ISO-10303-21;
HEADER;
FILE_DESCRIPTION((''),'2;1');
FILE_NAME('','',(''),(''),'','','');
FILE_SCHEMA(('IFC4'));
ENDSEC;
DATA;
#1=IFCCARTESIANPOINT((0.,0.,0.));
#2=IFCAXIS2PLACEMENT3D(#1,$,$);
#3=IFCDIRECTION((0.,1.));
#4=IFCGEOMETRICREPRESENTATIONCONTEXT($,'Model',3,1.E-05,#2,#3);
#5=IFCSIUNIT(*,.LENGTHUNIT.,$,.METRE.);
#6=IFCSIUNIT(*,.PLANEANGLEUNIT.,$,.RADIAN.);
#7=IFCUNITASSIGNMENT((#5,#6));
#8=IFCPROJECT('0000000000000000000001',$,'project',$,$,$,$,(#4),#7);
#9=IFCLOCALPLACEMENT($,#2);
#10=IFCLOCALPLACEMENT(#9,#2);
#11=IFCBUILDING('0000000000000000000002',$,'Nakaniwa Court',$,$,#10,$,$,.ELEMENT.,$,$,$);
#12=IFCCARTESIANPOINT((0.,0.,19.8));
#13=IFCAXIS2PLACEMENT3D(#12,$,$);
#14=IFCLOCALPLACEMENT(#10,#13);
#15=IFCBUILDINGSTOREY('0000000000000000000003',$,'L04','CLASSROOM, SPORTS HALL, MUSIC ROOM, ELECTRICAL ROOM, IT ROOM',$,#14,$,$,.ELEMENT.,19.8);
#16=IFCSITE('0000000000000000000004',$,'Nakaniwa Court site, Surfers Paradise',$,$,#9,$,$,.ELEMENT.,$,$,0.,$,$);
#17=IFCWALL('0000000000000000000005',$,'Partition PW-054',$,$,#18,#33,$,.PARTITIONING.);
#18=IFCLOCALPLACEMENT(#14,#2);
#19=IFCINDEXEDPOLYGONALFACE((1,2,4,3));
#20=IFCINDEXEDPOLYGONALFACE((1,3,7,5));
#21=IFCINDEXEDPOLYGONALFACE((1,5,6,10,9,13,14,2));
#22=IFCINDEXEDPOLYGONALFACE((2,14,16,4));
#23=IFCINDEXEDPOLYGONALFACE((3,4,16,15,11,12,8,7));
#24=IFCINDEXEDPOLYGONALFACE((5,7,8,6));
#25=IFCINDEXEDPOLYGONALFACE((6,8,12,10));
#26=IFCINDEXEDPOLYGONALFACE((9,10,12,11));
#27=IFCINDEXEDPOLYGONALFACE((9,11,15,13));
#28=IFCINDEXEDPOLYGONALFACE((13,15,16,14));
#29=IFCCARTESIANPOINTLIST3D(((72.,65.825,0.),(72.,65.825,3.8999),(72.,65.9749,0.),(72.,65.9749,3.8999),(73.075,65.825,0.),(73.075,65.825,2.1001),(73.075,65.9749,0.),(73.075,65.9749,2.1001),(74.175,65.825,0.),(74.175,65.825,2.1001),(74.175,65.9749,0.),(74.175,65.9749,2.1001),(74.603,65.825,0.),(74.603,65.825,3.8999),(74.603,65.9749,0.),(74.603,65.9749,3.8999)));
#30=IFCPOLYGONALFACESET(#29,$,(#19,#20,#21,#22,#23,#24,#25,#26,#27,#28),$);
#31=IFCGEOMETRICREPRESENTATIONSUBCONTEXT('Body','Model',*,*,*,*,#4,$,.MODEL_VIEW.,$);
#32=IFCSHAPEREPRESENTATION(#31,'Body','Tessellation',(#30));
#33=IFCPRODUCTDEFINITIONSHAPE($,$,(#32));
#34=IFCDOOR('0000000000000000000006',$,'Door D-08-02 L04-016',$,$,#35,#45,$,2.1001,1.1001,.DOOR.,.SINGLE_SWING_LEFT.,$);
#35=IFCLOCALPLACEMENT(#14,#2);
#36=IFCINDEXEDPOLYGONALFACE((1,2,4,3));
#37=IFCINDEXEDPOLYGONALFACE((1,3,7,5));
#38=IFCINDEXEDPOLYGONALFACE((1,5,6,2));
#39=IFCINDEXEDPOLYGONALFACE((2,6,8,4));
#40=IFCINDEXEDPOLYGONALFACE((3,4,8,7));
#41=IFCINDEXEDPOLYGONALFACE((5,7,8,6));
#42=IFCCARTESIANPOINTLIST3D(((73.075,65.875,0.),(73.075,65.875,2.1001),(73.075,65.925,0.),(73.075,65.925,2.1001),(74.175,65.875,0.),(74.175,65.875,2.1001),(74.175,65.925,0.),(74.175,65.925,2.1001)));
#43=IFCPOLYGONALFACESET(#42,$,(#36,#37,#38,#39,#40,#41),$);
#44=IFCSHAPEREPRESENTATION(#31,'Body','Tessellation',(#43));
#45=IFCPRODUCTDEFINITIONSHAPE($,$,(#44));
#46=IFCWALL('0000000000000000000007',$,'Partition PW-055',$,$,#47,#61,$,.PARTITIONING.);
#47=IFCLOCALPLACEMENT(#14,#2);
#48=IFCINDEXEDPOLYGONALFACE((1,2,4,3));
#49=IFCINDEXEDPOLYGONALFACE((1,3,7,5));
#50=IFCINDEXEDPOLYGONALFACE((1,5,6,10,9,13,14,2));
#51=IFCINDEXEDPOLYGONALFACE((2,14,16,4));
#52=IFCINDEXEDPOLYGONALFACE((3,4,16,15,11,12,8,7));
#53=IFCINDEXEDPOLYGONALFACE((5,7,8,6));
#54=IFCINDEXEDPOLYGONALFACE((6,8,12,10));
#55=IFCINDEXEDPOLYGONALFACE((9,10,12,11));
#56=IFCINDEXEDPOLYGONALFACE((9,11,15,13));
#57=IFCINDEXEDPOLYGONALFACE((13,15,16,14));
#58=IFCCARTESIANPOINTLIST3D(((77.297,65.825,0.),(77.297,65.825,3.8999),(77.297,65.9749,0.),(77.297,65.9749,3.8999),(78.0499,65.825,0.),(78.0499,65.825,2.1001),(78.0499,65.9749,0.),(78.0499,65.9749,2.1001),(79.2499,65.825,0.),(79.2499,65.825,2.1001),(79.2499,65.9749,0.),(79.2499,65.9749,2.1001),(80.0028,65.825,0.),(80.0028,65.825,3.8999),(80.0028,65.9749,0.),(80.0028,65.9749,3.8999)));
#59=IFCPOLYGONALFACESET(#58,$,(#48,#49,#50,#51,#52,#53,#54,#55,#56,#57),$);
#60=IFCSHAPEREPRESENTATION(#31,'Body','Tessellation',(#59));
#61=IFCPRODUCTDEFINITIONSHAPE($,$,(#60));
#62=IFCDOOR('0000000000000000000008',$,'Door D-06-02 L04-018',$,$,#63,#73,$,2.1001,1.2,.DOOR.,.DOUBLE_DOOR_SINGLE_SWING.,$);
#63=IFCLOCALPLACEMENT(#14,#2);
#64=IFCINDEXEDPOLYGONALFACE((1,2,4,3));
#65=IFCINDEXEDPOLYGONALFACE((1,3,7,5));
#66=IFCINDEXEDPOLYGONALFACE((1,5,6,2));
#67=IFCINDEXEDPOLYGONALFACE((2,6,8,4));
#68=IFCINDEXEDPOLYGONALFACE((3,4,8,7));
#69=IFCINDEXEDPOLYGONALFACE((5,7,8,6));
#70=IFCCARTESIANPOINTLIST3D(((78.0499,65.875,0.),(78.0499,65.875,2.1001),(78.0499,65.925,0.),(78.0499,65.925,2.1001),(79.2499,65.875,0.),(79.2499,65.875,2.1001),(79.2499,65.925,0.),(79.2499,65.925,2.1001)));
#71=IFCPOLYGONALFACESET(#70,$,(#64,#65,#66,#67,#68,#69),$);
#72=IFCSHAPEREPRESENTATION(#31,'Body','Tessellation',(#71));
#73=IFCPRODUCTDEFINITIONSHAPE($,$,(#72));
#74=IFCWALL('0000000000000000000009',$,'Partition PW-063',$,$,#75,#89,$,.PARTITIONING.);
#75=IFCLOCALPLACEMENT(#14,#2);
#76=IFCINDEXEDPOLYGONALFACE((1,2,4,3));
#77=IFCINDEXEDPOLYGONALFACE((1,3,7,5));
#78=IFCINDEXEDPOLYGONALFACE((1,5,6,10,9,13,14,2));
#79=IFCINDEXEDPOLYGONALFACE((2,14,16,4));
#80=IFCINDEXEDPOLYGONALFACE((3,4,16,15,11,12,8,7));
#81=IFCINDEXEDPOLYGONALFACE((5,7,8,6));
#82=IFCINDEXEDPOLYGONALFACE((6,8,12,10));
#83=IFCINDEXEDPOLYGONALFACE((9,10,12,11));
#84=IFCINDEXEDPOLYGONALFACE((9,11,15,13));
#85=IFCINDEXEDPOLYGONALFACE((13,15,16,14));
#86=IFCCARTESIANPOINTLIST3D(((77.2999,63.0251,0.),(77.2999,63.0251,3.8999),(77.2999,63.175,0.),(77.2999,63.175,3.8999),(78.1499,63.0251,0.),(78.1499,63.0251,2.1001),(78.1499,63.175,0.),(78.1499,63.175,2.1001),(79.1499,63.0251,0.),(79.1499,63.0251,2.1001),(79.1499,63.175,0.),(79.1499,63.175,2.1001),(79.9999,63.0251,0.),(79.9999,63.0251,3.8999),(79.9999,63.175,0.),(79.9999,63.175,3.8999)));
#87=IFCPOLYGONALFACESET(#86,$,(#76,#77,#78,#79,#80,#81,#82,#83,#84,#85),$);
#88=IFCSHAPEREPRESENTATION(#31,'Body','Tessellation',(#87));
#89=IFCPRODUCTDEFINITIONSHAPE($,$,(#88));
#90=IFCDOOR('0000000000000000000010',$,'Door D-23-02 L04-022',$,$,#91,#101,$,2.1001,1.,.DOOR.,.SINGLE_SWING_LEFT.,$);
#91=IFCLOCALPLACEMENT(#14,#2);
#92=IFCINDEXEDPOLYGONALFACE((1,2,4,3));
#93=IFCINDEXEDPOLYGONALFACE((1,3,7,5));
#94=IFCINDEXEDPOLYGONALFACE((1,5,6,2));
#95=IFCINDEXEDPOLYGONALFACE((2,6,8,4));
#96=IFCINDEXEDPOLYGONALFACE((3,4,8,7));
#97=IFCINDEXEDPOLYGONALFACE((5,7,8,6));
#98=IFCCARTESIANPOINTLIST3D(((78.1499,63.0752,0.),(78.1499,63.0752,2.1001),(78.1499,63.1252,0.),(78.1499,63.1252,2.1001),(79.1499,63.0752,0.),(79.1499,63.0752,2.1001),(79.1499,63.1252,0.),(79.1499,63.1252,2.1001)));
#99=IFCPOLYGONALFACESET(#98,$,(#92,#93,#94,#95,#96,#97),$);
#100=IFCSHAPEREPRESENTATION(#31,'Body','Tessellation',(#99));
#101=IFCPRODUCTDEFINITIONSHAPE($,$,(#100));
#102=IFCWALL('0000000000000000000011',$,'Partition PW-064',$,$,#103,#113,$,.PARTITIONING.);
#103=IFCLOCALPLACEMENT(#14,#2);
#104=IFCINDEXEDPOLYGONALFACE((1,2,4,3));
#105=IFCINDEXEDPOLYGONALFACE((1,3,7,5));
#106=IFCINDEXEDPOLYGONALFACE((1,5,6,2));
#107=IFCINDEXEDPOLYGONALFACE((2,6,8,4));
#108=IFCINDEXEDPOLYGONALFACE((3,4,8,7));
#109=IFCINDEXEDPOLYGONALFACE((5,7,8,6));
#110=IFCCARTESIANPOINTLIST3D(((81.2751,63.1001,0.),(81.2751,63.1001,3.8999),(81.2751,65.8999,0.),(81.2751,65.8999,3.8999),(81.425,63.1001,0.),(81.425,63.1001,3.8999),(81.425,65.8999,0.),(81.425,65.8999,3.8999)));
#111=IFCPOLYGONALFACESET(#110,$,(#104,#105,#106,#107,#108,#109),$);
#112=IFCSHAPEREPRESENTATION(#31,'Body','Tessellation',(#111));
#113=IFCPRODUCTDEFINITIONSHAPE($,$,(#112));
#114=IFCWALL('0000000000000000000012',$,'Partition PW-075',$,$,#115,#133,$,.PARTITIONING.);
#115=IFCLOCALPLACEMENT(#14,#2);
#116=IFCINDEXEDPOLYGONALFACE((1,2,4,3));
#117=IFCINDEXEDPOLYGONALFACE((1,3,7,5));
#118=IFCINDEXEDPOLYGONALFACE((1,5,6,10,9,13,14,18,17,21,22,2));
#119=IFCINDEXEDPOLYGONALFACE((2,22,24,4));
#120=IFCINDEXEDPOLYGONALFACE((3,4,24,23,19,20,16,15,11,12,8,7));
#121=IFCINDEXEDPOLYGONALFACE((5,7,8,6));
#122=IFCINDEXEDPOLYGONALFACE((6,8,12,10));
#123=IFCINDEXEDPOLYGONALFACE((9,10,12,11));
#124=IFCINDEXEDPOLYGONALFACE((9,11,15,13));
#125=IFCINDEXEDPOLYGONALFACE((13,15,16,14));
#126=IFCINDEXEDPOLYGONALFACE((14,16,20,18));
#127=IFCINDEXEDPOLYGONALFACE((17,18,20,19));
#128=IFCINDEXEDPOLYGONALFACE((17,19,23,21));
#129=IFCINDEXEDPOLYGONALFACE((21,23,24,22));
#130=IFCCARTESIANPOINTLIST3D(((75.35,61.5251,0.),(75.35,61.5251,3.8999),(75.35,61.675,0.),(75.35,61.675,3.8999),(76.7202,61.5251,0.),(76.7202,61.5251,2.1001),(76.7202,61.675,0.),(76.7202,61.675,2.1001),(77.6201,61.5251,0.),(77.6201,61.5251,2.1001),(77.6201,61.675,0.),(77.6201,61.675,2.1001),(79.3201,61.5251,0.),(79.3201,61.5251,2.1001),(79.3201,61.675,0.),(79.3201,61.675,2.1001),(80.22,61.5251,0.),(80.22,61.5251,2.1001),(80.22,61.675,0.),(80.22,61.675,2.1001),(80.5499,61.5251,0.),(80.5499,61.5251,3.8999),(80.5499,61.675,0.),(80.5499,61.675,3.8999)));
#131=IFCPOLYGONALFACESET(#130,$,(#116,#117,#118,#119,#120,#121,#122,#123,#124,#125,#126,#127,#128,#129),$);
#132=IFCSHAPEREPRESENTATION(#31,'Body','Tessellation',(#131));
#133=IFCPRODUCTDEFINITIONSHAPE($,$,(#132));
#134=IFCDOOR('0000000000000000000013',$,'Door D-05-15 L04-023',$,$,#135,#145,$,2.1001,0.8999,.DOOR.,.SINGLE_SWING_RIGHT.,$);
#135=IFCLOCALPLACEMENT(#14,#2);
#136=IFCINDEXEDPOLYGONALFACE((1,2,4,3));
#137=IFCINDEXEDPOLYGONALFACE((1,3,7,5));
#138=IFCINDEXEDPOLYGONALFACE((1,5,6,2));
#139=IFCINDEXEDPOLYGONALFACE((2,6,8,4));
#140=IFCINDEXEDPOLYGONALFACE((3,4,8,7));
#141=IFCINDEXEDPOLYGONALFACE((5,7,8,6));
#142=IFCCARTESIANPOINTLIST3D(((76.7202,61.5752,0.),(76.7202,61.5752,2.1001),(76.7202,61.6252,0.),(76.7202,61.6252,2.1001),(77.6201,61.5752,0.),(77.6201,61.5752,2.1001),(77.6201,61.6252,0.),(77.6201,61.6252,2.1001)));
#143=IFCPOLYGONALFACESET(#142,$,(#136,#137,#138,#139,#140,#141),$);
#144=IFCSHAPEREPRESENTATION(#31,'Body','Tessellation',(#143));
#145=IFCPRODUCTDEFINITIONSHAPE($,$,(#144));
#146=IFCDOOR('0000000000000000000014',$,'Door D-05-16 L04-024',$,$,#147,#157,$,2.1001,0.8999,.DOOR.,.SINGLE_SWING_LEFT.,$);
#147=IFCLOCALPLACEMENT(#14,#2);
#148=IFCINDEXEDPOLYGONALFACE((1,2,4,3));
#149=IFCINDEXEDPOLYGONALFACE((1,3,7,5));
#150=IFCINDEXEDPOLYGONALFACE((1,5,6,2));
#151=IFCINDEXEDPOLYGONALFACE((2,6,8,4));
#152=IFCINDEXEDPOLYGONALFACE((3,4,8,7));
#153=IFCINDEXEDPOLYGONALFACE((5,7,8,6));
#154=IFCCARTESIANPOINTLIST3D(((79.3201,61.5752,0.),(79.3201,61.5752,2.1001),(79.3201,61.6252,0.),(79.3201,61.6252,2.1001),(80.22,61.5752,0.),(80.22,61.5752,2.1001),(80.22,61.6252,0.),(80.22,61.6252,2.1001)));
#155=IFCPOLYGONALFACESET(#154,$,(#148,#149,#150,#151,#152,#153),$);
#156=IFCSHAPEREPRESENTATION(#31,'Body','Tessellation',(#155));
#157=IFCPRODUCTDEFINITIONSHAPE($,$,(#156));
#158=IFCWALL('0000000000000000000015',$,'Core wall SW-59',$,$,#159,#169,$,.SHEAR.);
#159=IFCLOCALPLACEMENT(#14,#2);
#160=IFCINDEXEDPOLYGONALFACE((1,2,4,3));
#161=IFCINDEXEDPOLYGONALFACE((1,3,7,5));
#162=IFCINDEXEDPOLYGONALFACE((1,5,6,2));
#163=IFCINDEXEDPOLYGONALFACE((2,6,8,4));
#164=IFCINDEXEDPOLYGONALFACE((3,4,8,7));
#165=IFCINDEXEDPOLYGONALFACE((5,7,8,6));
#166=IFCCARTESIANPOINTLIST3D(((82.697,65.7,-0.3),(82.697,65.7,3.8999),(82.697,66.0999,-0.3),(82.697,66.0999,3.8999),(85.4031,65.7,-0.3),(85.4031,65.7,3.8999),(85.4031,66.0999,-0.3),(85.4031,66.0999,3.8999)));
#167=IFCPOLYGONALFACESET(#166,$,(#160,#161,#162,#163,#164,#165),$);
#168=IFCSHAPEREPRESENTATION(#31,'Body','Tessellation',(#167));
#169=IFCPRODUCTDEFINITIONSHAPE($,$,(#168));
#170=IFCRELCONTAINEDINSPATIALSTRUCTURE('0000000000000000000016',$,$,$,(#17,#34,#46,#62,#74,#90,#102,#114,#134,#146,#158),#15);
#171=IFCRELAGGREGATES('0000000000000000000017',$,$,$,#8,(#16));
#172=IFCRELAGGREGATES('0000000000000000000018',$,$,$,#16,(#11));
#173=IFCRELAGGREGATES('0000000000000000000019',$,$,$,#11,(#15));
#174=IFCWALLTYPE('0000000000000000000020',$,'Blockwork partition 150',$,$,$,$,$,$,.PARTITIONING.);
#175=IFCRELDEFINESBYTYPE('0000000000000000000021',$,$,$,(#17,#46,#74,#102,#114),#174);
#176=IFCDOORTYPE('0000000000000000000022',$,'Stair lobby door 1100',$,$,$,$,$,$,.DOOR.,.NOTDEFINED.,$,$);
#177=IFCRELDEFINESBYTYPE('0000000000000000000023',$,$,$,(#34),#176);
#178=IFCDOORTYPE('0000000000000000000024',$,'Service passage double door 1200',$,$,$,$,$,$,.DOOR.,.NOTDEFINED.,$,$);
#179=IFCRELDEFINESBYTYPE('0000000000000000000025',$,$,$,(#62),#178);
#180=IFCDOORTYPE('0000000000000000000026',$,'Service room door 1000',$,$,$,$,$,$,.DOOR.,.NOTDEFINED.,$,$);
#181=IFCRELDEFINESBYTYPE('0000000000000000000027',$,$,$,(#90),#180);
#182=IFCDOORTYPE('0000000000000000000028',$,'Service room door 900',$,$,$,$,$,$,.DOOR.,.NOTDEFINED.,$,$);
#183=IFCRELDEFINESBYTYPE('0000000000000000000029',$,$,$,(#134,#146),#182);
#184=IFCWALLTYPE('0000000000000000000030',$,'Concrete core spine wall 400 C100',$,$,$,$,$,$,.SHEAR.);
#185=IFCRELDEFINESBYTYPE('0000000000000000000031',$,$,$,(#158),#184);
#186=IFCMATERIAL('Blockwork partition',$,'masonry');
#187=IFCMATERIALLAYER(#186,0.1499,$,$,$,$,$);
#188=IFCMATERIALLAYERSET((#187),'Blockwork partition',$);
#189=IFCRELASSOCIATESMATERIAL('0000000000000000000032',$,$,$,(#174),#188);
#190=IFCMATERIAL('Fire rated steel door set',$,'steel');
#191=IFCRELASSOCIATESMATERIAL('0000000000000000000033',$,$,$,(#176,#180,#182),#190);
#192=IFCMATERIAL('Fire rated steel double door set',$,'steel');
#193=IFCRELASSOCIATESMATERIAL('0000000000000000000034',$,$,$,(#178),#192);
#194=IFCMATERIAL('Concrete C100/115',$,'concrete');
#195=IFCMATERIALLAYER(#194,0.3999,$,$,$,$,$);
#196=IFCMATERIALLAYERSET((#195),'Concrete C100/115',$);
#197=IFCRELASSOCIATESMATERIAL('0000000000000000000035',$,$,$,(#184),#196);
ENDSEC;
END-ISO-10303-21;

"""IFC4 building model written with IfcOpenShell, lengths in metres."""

from ifc_helpers import new_model, si_unit, direction, frame, frame_2d, origin, place, context, subcontext, project, spatial, rectangle, extrude, material, layer, layer_set, type_object, element, fill, save


model = new_model("IFC4")

# Units and contexts
model_context = context("Model", 3, precision=1e-05, world=origin(), true_north=direction((0.0, 1.0)))
body_context = subcontext(model_context, "Body", "Model", "MODEL_VIEW")
ifc_project = project(units=[si_unit("LENGTHUNIT", "METRE"), si_unit("PLANEANGLEUNIT", "RADIAN")], contexts=[model_context])

# Site, building, storey
site_placement = place(None, origin())
site = spatial("IfcSite", under=ifc_project, at=site_placement, Name="Nakaniwa Court site, Surfers Paradise", CompositionType="ELEMENT", RefElevation=0.0)
building_placement = place(site_placement, origin())
building = spatial("IfcBuilding", under=site, at=building_placement, Name="Nakaniwa Court", CompositionType="ELEMENT")
storey_placement = place(building_placement, frame((0.0, 0.0, 19.8)))
storey = spatial("IfcBuildingStorey", under=building, at=storey_placement, Name="L04", Description="CLASSROOM, SPORTS HALL, MUSIC ROOM, ELECTRICAL ROOM, IT ROOM", CompositionType="ELEMENT", Elevation=19.8)

# Walls, openings, doors
ifc_material_1 = material(Name="Blockwork partition", Category="masonry")
ifc_layer_1 = layer(ifc_material_1, 0.1499)
ifc_layer_set_1 = layer_set([ifc_layer_1], Name="Blockwork partition")
wall_type_1 = type_object("IfcWallType", Name="Blockwork partition 150", PredefinedType="PARTITIONING", material=ifc_layer_set_1)
wall_1_placement = place(storey_placement, frame((74.603, 65.8999, 0.0), z_axis=(0.0, 0.0, 1.0), x_axis=(-1.0, 0.0, 0.0)))
wall_1 = element("IfcWall", 1, at=wall_1_placement, inside=storey, type_object=wall_type_1, Name="Partition PW-054", PredefinedType="PARTITIONING", context=body_context, shape_type="SweptSolid", body=[
    extrude(rectangle(XDim=2.603, YDim=0.1499, at=frame_2d((1.3015, 0.0))), origin(), (0.0, 0.0, 1.0), 3.8999),
])
opening_1_placement = place(wall_1_placement, frame((0.428, 0.0, 0.0)))
opening_1 = element("IfcOpeningElement", 2, at=opening_1_placement, cuts=wall_1, PredefinedType="OPENING", context=body_context, shape_type="SweptSolid", body=[
    extrude(rectangle(XDim=1.1001, YDim=2.1001, at=frame_2d((0.55, 1.05))), frame((0.0, 0.085, 0.0), z_axis=(0.0, -1.0, 0.0), x_axis=(1.0, 0.0, 0.0)), (0.0, 0.0, 1.0), 0.1699),
])
ifc_material_2 = material(Name="Fire rated steel door set", Category="steel")
door_type_1 = type_object("IfcDoorType", Name="Stair lobby door 1100", OperationType="NOTDEFINED", PredefinedType="DOOR", material=ifc_material_2)
door_1_placement = place(opening_1_placement, origin())
door_1 = element("IfcDoor", 3, at=door_1_placement, inside=storey, type_object=door_type_1, Name="Door D-08-02 L04-016", OperationType="SINGLE_SWING_LEFT", OverallHeight=2.1001, OverallWidth=1.1001, PredefinedType="DOOR", context=body_context, shape_type="SweptSolid", body=[
    extrude(rectangle(XDim=1.1001, YDim=2.1001, at=frame_2d((0.55, 1.05))), frame((0.0, 0.0249, 0.0), z_axis=(0.0, -1.0, 0.0), x_axis=(1.0, 0.0, 0.0)), (0.0, 0.0, 1.0), 0.05),
])
fill(opening_1, door_1)
wall_2_placement = place(storey_placement, frame((80.0029, 65.8999, 0.0), z_axis=(0.0, 0.0, 1.0), x_axis=(-1.0, 0.0, 0.0)))
wall_2 = element("IfcWall", 4, at=wall_2_placement, inside=storey, type_object=wall_type_1, Name="Partition PW-055", PredefinedType="PARTITIONING", context=body_context, shape_type="SweptSolid", body=[
    extrude(rectangle(XDim=2.7058, YDim=0.1499, at=frame_2d((1.353, 0.0))), origin(), (0.0, 0.0, 1.0), 3.8999),
])
opening_2_placement = place(wall_2_placement, frame((0.7529, 0.0, 0.0)))
opening_2 = element("IfcOpeningElement", 5, at=opening_2_placement, cuts=wall_2, PredefinedType="OPENING", context=body_context, shape_type="SweptSolid", body=[
    extrude(rectangle(XDim=1.2, YDim=2.1001, at=frame_2d((0.6001, 1.05))), frame((0.0, 0.085, 0.0), z_axis=(0.0, -1.0, 0.0), x_axis=(1.0, 0.0, 0.0)), (0.0, 0.0, 1.0), 0.1699),
])
ifc_material_3 = material(Name="Fire rated steel double door set", Category="steel")
door_type_2 = type_object("IfcDoorType", Name="Service passage double door 1200", OperationType="NOTDEFINED", PredefinedType="DOOR", material=ifc_material_3)
door_2_placement = place(opening_2_placement, origin())
door_2 = element("IfcDoor", 6, at=door_2_placement, inside=storey, type_object=door_type_2, Name="Door D-06-02 L04-018", OperationType="DOUBLE_DOOR_SINGLE_SWING", OverallHeight=2.1001, OverallWidth=1.2, PredefinedType="DOOR", context=body_context, shape_type="SweptSolid", body=[
    extrude(rectangle(XDim=1.2, YDim=2.1001, at=frame_2d((0.6001, 1.05))), frame((0.0, 0.0249, 0.0), z_axis=(0.0, -1.0, 0.0), x_axis=(1.0, 0.0, 0.0)), (0.0, 0.0, 1.0), 0.05),
])
fill(opening_2, door_2)
wall_3_placement = place(storey_placement, frame((80.0, 63.1001, 0.0), z_axis=(0.0, 0.0, 1.0), x_axis=(-1.0, 0.0, 0.0)))
wall_3 = element("IfcWall", 7, at=wall_3_placement, inside=storey, type_object=wall_type_1, Name="Partition PW-063", PredefinedType="PARTITIONING", context=body_context, shape_type="SweptSolid", body=[
    extrude(rectangle(XDim=2.7, YDim=0.1499, at=frame_2d((1.3501, 0.0))), origin(), (0.0, 0.0, 1.0), 3.8999),
])
opening_3_placement = place(wall_3_placement, frame((0.8501, 0.0, 0.0)))
opening_3 = element("IfcOpeningElement", 8, at=opening_3_placement, cuts=wall_3, PredefinedType="OPENING", context=body_context, shape_type="SweptSolid", body=[
    extrude(rectangle(XDim=1.0, YDim=2.1001, at=frame_2d((0.5, 1.05))), frame((0.0, 0.085, 0.0), z_axis=(0.0, -1.0, 0.0), x_axis=(1.0, 0.0, 0.0)), (0.0, 0.0, 1.0), 0.1699),
])
door_type_3 = type_object("IfcDoorType", Name="Service room door 1000", OperationType="NOTDEFINED", PredefinedType="DOOR", material=ifc_material_2)
door_3_placement = place(opening_3_placement, origin())
door_3 = element("IfcDoor", 9, at=door_3_placement, inside=storey, type_object=door_type_3, Name="Door D-23-02 L04-022", OperationType="SINGLE_SWING_LEFT", OverallHeight=2.1001, OverallWidth=1.0, PredefinedType="DOOR", context=body_context, shape_type="SweptSolid", body=[
    extrude(rectangle(XDim=1.0, YDim=2.1001, at=frame_2d((0.5, 1.05))), frame((0.0, 0.0249, 0.0), z_axis=(0.0, -1.0, 0.0), x_axis=(1.0, 0.0, 0.0)), (0.0, 0.0, 1.0), 0.05),
])
fill(opening_3, door_3)

# Wall
wall_4_placement = place(storey_placement, frame((81.3501, 63.1001, 0.0), z_axis=(0.0, 0.0, 1.0), x_axis=(0.0, 1.0, 0.0)))
element("IfcWall", 10, at=wall_4_placement, inside=storey, type_object=wall_type_1, Name="Partition PW-064", PredefinedType="PARTITIONING", context=body_context, shape_type="SweptSolid", body=[
    extrude(rectangle(XDim=2.7998, YDim=0.1499, at=frame_2d((1.3999, 0.0))), origin(), (0.0, 0.0, 1.0), 3.8999),
])

# Wall, openings, doors
wall_5_placement = place(storey_placement, frame((80.55, 61.6001, 0.0), z_axis=(0.0, 0.0, 1.0), x_axis=(-1.0, 0.0, 0.0)))
wall_5 = element("IfcWall", 11, at=wall_5_placement, inside=storey, type_object=wall_type_1, Name="Partition PW-075", PredefinedType="PARTITIONING", context=body_context, shape_type="SweptSolid", body=[
    extrude(rectangle(XDim=5.2, YDim=0.1499, at=frame_2d((2.6001, 0.0))), origin(), (0.0, 0.0, 1.0), 3.8999),
])
opening_4_placement = place(wall_5_placement, frame((2.9299, 0.0, 0.0)))
opening_4 = element("IfcOpeningElement", 12, at=opening_4_placement, cuts=wall_5, PredefinedType="OPENING", context=body_context, shape_type="SweptSolid", body=[
    extrude(rectangle(XDim=0.8999, YDim=2.1001, at=frame_2d((0.45, 1.05))), frame((0.0, 0.085, 0.0), z_axis=(0.0, -1.0, 0.0), x_axis=(1.0, 0.0, 0.0)), (0.0, 0.0, 1.0), 0.1699),
])
opening_5_placement = place(wall_5_placement, frame((0.3301, 0.0, 0.0)))
opening_5 = element("IfcOpeningElement", 13, at=opening_5_placement, cuts=wall_5, PredefinedType="OPENING", context=body_context, shape_type="SweptSolid", body=[
    extrude(rectangle(XDim=0.8999, YDim=2.1001, at=frame_2d((0.45, 1.05))), frame((0.0, 0.085, 0.0), z_axis=(0.0, -1.0, 0.0), x_axis=(1.0, 0.0, 0.0)), (0.0, 0.0, 1.0), 0.1699),
])
door_type_4 = type_object("IfcDoorType", Name="Service room door 900", OperationType="NOTDEFINED", PredefinedType="DOOR", material=ifc_material_2)
door_4_placement = place(opening_4_placement, origin())
door_4 = element("IfcDoor", 14, at=door_4_placement, inside=storey, type_object=door_type_4, Name="Door D-05-15 L04-023", OperationType="SINGLE_SWING_RIGHT", OverallHeight=2.1001, OverallWidth=0.8999, PredefinedType="DOOR", context=body_context, shape_type="SweptSolid", body=[
    extrude(rectangle(XDim=0.8999, YDim=2.1001, at=frame_2d((0.45, 1.05))), frame((0.0, 0.0249, 0.0), z_axis=(0.0, -1.0, 0.0), x_axis=(1.0, 0.0, 0.0)), (0.0, 0.0, 1.0), 0.05),
])
fill(opening_4, door_4)
door_5_placement = place(opening_5_placement, origin())
door_5 = element("IfcDoor", 15, at=door_5_placement, inside=storey, type_object=door_type_4, Name="Door D-05-16 L04-024", OperationType="SINGLE_SWING_LEFT", OverallHeight=2.1001, OverallWidth=0.8999, PredefinedType="DOOR", context=body_context, shape_type="SweptSolid", body=[
    extrude(rectangle(XDim=0.8999, YDim=2.1001, at=frame_2d((0.45, 1.05))), frame((0.0, 0.0249, 0.0), z_axis=(0.0, -1.0, 0.0), x_axis=(1.0, 0.0, 0.0)), (0.0, 0.0, 1.0), 0.05),
])
fill(opening_5, door_5)

# Wall
ifc_material_4 = material(Name="Concrete C100/115", Category="concrete")
ifc_layer_2 = layer(ifc_material_4, 0.3999)
ifc_layer_set_2 = layer_set([ifc_layer_2], Name="Concrete C100/115")
wall_type_2 = type_object("IfcWallType", Name="Concrete core spine wall 400 C100", PredefinedType="SHEAR", material=ifc_layer_set_2)
wall_6_placement = place(storey_placement, frame((82.697, 65.8999, -0.3), z_axis=(0.0, 0.0, 1.0), x_axis=(1.0, 0.0, 0.0)))
element("IfcWall", 16, at=wall_6_placement, inside=storey, type_object=wall_type_2, Name="Core wall SW-59", PredefinedType="SHEAR", context=body_context, shape_type="SweptSolid", body=[
    extrude(rectangle(XDim=2.7061, YDim=0.3999, at=frame_2d((1.353, 0.0))), origin(), (0.0, 0.0, 1.0), 4.2),
])

save(model, "model.ifc")
